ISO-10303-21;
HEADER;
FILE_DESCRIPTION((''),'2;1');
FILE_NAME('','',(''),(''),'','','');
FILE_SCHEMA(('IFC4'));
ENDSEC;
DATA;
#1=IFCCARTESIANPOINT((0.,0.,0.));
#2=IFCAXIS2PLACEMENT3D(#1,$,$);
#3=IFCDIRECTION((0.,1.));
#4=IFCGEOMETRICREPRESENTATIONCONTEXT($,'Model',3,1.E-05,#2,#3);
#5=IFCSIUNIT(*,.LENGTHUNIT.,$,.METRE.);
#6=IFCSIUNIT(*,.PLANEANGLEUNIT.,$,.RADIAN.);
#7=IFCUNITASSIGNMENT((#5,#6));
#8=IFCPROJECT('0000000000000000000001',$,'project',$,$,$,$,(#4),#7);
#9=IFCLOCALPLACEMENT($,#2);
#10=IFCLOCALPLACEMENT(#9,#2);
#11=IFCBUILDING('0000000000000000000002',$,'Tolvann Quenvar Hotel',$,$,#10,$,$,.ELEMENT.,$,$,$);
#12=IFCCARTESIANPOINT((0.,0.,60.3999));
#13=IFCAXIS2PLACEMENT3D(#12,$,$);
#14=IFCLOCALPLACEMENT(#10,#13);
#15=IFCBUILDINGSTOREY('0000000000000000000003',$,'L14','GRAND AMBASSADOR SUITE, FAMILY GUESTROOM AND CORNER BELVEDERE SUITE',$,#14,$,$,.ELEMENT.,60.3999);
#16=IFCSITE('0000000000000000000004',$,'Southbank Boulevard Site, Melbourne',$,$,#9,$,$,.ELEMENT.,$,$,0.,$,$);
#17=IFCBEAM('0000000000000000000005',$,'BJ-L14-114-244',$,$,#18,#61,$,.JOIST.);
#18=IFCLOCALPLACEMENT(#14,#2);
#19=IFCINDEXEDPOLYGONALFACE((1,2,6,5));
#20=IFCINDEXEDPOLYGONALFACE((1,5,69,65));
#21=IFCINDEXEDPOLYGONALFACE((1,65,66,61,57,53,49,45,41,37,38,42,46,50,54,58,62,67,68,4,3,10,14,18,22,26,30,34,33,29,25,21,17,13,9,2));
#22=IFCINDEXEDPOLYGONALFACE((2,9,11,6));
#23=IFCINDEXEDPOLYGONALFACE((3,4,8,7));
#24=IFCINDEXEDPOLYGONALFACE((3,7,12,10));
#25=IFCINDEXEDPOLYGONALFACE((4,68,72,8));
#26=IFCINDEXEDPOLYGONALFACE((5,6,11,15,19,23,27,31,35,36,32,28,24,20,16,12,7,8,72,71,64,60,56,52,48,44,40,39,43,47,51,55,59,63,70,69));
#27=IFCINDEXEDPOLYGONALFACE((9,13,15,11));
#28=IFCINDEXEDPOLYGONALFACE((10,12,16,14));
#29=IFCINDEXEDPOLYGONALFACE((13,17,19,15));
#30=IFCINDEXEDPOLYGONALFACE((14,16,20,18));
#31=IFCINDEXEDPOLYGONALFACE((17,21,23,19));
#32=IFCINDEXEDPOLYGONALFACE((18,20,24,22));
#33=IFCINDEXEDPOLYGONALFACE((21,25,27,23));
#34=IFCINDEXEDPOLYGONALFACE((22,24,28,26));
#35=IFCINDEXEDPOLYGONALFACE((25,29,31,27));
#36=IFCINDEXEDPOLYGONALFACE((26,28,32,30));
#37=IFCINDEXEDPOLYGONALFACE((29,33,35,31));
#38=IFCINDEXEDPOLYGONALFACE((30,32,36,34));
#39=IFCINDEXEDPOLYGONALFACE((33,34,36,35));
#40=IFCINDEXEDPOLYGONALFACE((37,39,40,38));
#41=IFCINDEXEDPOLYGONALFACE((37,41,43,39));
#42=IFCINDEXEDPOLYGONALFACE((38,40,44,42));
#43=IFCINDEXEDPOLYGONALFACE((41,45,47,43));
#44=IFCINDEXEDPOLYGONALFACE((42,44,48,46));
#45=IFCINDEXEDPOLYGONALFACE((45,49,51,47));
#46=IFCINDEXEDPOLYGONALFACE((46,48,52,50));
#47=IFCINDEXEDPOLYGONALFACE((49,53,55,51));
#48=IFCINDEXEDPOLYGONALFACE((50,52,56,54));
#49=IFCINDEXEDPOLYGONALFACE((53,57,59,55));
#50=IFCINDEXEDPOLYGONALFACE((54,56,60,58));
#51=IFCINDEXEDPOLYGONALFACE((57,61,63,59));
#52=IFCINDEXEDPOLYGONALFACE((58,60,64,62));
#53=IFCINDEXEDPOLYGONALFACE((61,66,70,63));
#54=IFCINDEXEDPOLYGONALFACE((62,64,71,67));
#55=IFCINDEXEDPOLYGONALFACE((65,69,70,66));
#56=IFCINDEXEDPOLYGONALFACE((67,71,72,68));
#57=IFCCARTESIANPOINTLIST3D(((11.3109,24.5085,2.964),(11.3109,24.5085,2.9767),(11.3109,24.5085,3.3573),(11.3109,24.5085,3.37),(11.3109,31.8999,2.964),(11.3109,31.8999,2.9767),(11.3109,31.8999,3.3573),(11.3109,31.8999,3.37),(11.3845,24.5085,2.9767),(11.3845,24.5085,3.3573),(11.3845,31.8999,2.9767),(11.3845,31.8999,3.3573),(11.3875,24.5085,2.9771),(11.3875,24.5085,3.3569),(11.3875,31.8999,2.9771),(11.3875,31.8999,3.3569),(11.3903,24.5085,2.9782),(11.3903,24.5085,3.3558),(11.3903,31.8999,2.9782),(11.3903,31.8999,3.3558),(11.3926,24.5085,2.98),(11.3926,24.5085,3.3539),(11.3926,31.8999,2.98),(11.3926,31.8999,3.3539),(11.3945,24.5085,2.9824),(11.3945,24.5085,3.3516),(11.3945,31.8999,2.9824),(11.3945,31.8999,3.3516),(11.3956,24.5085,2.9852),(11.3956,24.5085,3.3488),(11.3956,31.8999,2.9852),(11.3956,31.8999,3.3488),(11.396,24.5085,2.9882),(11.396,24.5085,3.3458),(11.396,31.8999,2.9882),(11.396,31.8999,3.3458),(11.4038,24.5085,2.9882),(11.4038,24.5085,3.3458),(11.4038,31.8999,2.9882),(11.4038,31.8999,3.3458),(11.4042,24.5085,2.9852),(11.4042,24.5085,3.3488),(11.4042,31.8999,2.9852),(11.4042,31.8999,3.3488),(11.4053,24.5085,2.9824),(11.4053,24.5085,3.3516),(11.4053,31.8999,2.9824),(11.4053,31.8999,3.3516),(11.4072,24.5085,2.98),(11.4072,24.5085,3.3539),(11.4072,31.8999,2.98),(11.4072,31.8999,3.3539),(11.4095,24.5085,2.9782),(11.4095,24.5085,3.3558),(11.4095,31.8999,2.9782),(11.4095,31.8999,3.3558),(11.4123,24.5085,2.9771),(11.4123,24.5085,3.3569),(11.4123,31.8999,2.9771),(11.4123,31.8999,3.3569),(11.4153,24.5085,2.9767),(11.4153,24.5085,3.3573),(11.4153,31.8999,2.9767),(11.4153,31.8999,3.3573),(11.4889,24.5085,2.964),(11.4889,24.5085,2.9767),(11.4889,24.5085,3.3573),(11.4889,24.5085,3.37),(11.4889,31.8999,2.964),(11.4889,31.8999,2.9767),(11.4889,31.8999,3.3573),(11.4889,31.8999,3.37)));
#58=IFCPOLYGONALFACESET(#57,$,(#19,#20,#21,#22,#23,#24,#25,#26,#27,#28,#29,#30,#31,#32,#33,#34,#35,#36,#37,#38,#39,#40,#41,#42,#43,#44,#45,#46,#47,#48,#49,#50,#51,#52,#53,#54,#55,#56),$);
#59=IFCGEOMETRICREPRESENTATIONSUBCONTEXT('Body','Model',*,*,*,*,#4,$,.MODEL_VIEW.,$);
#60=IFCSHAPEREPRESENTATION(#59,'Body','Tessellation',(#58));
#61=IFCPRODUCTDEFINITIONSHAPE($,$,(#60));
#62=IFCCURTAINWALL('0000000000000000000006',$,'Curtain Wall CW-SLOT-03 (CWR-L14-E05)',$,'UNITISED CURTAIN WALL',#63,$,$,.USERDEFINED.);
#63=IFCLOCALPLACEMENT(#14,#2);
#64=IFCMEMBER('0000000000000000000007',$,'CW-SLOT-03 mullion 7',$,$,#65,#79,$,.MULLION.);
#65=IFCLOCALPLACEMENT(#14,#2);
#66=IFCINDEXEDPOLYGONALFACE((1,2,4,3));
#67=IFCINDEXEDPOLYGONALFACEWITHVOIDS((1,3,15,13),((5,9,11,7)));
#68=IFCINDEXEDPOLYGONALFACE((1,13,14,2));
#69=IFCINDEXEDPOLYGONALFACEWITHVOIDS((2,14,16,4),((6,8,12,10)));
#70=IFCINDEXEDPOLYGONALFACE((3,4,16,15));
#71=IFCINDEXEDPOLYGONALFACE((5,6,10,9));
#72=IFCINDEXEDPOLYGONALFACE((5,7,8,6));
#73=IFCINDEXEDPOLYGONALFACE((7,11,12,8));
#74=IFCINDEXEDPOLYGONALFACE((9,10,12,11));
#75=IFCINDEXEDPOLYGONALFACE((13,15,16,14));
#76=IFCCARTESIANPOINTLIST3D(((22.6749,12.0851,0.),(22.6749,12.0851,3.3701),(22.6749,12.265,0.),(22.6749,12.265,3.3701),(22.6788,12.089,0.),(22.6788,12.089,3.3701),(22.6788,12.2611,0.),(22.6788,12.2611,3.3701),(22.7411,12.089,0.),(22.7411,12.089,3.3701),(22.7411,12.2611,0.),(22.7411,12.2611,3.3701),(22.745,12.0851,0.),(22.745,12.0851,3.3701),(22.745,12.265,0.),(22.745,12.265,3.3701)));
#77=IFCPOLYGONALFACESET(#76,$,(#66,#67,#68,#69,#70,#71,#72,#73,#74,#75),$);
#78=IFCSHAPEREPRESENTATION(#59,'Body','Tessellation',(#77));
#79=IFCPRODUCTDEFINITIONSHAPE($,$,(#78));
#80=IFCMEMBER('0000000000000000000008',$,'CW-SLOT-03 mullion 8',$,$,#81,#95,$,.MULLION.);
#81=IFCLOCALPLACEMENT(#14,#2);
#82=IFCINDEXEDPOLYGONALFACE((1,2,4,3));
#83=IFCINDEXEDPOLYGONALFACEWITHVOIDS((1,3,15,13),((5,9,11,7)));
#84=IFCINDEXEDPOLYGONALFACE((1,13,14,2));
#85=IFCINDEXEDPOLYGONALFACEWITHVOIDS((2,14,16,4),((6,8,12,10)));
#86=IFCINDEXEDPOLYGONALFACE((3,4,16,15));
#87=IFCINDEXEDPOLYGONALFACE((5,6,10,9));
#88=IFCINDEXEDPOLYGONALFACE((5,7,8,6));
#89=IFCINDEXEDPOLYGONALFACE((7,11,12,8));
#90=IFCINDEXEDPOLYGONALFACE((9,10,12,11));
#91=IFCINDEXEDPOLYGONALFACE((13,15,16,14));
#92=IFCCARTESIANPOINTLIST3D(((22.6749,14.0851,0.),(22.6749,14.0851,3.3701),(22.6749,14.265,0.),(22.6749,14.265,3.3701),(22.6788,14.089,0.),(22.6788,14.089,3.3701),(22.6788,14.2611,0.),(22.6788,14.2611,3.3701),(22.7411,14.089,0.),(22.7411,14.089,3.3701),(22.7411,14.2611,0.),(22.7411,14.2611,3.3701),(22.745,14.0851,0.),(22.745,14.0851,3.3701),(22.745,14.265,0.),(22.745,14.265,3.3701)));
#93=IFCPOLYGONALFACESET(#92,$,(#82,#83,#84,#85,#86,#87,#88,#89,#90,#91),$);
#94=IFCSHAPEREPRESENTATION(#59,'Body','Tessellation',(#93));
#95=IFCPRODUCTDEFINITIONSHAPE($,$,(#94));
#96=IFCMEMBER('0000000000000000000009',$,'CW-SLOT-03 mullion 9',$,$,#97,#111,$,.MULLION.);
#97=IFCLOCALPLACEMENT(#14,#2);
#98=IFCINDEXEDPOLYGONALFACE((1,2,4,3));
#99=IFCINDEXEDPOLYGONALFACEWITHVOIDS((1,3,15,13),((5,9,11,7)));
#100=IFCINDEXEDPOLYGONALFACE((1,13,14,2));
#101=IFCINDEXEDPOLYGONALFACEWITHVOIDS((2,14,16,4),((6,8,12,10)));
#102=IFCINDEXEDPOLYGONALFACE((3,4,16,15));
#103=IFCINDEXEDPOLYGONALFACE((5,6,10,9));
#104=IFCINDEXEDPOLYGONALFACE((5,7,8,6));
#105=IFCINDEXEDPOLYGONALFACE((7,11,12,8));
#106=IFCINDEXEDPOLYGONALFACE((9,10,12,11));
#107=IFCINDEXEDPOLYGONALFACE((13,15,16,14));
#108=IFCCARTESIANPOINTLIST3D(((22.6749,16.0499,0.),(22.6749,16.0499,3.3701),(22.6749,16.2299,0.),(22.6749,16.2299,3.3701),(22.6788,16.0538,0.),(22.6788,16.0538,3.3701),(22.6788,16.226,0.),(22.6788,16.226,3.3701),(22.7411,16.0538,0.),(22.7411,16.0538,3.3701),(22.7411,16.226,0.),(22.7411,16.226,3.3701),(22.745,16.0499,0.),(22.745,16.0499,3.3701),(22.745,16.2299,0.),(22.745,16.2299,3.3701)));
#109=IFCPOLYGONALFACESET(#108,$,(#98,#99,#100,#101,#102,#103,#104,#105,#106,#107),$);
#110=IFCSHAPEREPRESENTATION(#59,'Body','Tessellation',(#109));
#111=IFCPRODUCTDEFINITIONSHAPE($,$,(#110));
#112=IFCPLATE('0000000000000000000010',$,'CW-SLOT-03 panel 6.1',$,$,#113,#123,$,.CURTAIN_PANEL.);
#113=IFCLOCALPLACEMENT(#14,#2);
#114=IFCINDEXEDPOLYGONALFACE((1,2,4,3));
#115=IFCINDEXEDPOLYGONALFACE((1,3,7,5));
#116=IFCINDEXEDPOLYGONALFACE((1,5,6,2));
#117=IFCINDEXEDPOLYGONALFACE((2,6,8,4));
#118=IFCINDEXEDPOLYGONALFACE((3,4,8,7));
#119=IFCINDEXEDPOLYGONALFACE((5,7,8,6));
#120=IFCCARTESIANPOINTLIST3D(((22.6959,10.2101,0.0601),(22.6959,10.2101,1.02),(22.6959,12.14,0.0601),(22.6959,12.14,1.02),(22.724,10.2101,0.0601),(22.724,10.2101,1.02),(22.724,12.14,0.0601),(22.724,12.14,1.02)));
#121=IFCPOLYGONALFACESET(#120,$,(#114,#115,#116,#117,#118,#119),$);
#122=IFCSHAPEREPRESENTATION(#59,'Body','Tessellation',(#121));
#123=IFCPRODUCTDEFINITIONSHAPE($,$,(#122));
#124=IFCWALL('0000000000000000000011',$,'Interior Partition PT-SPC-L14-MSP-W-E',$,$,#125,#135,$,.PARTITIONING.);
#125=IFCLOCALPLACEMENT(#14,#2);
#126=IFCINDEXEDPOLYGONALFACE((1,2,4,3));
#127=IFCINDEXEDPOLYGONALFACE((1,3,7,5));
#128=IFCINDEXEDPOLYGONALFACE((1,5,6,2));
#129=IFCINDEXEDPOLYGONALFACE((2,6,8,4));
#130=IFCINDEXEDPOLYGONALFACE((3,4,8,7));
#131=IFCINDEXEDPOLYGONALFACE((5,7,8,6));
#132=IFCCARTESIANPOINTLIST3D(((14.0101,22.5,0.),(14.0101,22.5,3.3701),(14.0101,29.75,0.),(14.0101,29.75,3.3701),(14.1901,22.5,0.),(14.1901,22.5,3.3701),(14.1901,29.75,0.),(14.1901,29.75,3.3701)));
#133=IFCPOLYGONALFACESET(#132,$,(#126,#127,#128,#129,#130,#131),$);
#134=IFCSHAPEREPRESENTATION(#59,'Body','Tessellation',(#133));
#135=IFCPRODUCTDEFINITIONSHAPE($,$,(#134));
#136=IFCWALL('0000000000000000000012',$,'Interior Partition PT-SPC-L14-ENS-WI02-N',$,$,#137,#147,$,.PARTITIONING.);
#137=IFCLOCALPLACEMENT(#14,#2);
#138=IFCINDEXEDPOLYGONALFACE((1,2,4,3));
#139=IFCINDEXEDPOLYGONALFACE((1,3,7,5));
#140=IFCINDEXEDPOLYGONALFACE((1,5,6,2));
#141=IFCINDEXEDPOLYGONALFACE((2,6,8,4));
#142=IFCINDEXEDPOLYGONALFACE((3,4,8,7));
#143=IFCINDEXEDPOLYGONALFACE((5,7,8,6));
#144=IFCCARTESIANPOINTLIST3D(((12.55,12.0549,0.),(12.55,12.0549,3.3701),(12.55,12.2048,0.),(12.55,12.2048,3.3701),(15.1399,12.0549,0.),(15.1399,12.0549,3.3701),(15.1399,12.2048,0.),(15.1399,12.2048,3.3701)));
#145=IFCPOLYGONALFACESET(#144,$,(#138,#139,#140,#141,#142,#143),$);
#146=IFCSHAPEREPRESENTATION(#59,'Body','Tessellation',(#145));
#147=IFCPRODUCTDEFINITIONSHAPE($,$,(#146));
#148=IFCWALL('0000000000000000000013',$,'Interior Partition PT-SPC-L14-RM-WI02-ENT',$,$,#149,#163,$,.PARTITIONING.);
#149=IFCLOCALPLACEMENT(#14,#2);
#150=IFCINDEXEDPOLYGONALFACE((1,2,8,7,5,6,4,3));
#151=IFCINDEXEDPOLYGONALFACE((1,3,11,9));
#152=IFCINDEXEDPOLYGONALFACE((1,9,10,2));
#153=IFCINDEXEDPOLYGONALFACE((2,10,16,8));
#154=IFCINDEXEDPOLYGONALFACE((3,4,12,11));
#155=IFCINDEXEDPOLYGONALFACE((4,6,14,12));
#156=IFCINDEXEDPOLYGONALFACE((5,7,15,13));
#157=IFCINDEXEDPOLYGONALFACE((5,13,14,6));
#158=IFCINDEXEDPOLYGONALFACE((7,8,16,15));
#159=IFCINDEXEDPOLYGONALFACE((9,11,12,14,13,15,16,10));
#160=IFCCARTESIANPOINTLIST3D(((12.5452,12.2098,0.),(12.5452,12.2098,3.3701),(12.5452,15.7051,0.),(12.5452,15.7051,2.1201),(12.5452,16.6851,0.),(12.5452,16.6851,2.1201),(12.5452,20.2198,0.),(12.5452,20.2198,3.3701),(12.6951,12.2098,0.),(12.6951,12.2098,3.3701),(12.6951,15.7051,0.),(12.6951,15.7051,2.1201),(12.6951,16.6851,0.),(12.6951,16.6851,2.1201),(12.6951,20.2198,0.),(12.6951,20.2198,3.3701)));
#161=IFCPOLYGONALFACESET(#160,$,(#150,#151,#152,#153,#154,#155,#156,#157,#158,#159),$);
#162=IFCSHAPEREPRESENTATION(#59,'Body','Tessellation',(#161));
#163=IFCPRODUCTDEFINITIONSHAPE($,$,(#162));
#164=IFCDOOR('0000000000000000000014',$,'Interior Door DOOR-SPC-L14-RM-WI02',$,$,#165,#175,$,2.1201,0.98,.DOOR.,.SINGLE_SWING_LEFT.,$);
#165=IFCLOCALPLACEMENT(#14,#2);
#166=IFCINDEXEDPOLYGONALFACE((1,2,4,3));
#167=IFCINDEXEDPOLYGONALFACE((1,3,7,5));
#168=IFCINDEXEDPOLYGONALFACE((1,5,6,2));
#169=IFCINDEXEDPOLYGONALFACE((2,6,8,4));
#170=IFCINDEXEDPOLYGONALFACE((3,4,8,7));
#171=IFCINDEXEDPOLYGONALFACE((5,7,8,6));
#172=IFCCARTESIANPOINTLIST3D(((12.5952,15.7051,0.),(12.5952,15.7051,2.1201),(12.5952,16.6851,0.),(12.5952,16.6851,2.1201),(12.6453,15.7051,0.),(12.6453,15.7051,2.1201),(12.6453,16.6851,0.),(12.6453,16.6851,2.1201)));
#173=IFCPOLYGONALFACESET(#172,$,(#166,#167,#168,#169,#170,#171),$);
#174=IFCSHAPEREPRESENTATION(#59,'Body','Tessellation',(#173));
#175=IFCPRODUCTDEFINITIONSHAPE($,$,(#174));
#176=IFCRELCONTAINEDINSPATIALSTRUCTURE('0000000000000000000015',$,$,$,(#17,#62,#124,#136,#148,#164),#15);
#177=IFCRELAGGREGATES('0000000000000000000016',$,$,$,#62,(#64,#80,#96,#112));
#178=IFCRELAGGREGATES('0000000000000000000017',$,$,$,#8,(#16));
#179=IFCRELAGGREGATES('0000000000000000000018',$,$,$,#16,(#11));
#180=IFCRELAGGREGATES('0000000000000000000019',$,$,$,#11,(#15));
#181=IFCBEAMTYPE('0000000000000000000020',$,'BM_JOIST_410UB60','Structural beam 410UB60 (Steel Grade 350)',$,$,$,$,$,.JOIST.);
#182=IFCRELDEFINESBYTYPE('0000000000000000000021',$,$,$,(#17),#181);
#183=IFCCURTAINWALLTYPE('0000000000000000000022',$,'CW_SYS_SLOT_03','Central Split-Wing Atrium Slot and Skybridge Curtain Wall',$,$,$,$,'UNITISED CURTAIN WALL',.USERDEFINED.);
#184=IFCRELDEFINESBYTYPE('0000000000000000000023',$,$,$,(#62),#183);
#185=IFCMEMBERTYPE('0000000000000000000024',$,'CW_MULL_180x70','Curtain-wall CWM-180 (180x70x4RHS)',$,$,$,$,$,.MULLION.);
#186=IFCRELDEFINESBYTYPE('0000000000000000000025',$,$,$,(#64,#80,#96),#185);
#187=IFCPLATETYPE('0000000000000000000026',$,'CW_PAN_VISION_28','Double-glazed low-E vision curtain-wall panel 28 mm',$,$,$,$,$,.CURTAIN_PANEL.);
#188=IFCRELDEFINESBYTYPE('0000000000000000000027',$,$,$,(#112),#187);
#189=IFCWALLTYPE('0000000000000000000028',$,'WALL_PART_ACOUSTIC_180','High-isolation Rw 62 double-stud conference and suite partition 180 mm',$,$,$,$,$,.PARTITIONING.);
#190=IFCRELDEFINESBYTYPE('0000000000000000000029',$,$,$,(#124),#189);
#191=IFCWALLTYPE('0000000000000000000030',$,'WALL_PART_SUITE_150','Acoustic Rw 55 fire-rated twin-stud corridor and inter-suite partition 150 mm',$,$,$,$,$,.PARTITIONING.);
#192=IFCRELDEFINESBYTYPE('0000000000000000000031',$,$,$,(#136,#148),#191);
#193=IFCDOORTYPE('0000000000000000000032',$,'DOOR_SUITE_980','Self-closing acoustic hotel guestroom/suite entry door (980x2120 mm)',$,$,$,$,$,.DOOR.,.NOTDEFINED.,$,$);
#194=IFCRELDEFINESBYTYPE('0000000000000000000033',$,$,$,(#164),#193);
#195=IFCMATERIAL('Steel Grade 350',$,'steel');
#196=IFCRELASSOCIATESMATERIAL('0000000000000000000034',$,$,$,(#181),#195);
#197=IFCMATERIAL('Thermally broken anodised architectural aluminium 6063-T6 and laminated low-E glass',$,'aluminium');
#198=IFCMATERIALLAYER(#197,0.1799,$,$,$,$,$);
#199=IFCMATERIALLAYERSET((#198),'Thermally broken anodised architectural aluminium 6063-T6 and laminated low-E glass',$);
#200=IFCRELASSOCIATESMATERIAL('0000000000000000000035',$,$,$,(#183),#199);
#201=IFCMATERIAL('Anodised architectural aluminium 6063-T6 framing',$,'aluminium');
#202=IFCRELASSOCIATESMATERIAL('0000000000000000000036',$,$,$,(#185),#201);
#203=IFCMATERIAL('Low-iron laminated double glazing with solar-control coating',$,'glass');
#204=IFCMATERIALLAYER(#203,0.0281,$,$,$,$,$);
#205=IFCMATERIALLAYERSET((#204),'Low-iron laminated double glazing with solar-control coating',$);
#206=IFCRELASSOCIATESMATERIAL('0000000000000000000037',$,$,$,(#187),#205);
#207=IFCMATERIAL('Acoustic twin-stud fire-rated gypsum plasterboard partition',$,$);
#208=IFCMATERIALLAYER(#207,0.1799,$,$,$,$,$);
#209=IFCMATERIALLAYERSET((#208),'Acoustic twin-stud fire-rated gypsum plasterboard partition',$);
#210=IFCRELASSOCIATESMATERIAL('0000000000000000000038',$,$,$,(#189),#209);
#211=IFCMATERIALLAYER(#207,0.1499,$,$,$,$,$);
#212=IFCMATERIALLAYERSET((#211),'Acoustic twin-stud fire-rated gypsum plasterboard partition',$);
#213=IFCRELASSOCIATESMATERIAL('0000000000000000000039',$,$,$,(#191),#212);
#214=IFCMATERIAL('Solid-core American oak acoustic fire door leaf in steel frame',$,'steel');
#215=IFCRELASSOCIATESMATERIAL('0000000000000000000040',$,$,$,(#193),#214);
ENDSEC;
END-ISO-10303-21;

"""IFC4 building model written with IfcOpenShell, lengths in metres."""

from ifc_helpers import new_model, si_unit, direction, frame, frame_2d, origin, origin_2d, place, context, subcontext, project, spatial, rectangle, hollow_rectangle, i_section, extrude, source, transform, mapped, material, layer, layer_set, material_profile, profile_set, type_object, type_shapes, element, fill, aggregate, save


model = new_model("IFC4")

# Units and contexts
model_context = context("Model", 3, precision=1e-05, world=origin(), true_north=direction((0.0, 1.0)))
body_context = subcontext(model_context, "Body", "Model", "MODEL_VIEW")
ifc_project = project(units=[si_unit("LENGTHUNIT", "METRE"), si_unit("PLANEANGLEUNIT", "RADIAN")], contexts=[model_context])

# Site, building, storey
site_placement = place(None, origin())
site = spatial("IfcSite", under=ifc_project, at=site_placement, Name="Southbank Boulevard Site, Melbourne", CompositionType="ELEMENT", RefElevation=0.0)
building_placement = place(site_placement, origin())
building = spatial("IfcBuilding", under=site, at=building_placement, Name="Tolvann Quenvar Hotel", CompositionType="ELEMENT")
storey_placement = place(building_placement, frame((0.0, 0.0, 60.3999)))
storey = spatial("IfcBuildingStorey", under=building, at=storey_placement, Name="L14", Description="GRAND AMBASSADOR SUITE, FAMILY GUESTROOM AND CORNER BELVEDERE SUITE", CompositionType="ELEMENT", Elevation=60.3999)

# Shared definitions
ifc_material_1 = material(Name="Steel Grade 350", Category="steel")

# Beam
ifc_material_profile_1 = material_profile(ifc_material_1, i_section(OverallWidth=0.178, OverallDepth=0.406, WebThickness=0.0078, FlangeThickness=0.0127, FilletRadius=0.0115, at=origin_2d()), Name="410UB60")
ifc_profile_set_1 = profile_set([ifc_material_profile_1], Name="Steel Grade 350")
beam_type_1 = type_object("IfcBeamType", Name="BM_JOIST_410UB60", Description="Structural beam 410UB60 (Steel Grade 350)", PredefinedType="JOIST", material=ifc_profile_set_1)
shared_shape_1 = source(origin(), body_context, "Body", "SweptSolid", [
    extrude(i_section(OverallWidth=0.178, OverallDepth=0.406, WebThickness=0.0078, FlangeThickness=0.0127, FilletRadius=0.0115, at=origin_2d()), origin(), (0.0, 0.0, 1.0), 7.3914),
])
beam_1_placement = place(storey_placement, frame((11.3999, 24.5085, 3.167), z_axis=(0.0, 1.0, 0.0), x_axis=(-1.0, 0.0, 0.0)))
element("IfcBeam", 1, at=beam_1_placement, inside=storey, type_object=beam_type_1, Name="BJ-L14-114-244", PredefinedType="JOIST", context=body_context, shape_type="MappedRepresentation", body=[
    mapped(shared_shape_1, transform((0.0, 0.0, 0.0), x_axis=(1.0, 0.0, 0.0), y_axis=(0.0, 1.0, 0.0), z_axis=(0.0, 0.0, 1.0), scale=1.0)),
])

# Curtain wall, members, plate
ifc_material_2 = material(Name="Thermally broken anodised architectural aluminium 6063-T6 and laminated low-E glass", Category="aluminium")
ifc_layer_1 = layer(ifc_material_2, 0.1799)
ifc_layer_set_1 = layer_set([ifc_layer_1], Name="Thermally broken anodised architectural aluminium 6063-T6 and laminated low-E glass")
curtain_wall_type = type_object("IfcCurtainWallType", Name="CW_SYS_SLOT_03", Description="Central Split-Wing Atrium Slot and Skybridge Curtain Wall", ElementType="UNITISED CURTAIN WALL", PredefinedType="USERDEFINED", material=ifc_layer_set_1)
curtain_wall_placement = place(storey_placement, origin())
curtain_wall = element("IfcCurtainWall", 2, at=curtain_wall_placement, inside=storey, type_object=curtain_wall_type, Name="Curtain Wall CW-SLOT-03 (CWR-L14-E05)", ObjectType="UNITISED CURTAIN WALL", PredefinedType="USERDEFINED")
ifc_material_3 = material(Name="Anodised architectural aluminium 6063-T6 framing", Category="aluminium")
ifc_material_profile_2 = material_profile(ifc_material_3, hollow_rectangle(XDim=0.0701, YDim=0.1799, WallThickness=0.0039, at=origin_2d()), Name="180x70x4RHS")
ifc_profile_set_2 = profile_set([ifc_material_profile_2], Name="Anodised architectural aluminium 6063-T6 framing")
member_type = type_object("IfcMemberType", Name="CW_MULL_180x70", Description="Curtain-wall CWM-180 (180x70x4RHS)", PredefinedType="MULLION", material=ifc_profile_set_2)
shared_shape_2 = source(origin(), body_context, "Body", "SweptSolid", [
    extrude(hollow_rectangle(XDim=0.0701, YDim=0.1799, WallThickness=0.0039, at=origin_2d()), origin(), (0.0, 0.0, 1.0), 3.3701),
])
type_shapes(member_type, [shared_shape_2])
member_1_placement = place(storey_placement, frame((22.71, 12.175, 0.0), z_axis=(0.0, 0.0, 1.0), x_axis=(-1.0, 0.0, 0.0)))
member_1 = element("IfcMember", 3, at=member_1_placement, type_object=member_type, Name="CW-SLOT-03 mullion 7", PredefinedType="MULLION", context=body_context, shape_type="MappedRepresentation", body=[
    mapped(shared_shape_2, transform((0.0, 0.0, 0.0), x_axis=(1.0, 0.0, 0.0), y_axis=(0.0, 1.0, 0.0), z_axis=(0.0, 0.0, 1.0), scale=1.0)),
])
member_2_placement = place(storey_placement, frame((22.71, 14.175, 0.0), z_axis=(0.0, 0.0, 1.0), x_axis=(-1.0, 0.0, 0.0)))
member_2 = element("IfcMember", 4, at=member_2_placement, type_object=member_type, Name="CW-SLOT-03 mullion 8", PredefinedType="MULLION", context=body_context, shape_type="MappedRepresentation", body=[
    mapped(shared_shape_2, transform((0.0, 0.0, 0.0), x_axis=(1.0, 0.0, 0.0), y_axis=(0.0, 1.0, 0.0), z_axis=(0.0, 0.0, 1.0), scale=1.0)),
])
member_3_placement = place(storey_placement, frame((22.71, 16.1399, 0.0), z_axis=(0.0, 0.0, 1.0), x_axis=(-1.0, 0.0, 0.0)))
member_3 = element("IfcMember", 5, at=member_3_placement, type_object=member_type, Name="CW-SLOT-03 mullion 9", PredefinedType="MULLION", context=body_context, shape_type="MappedRepresentation", body=[
    mapped(shared_shape_2, transform((0.0, 0.0, 0.0), x_axis=(1.0, 0.0, 0.0), y_axis=(0.0, 1.0, 0.0), z_axis=(0.0, 0.0, 1.0), scale=1.0)),
])
ifc_material_4 = material(Name="Low-iron laminated double glazing with solar-control coating", Category="glass")
ifc_layer_2 = layer(ifc_material_4, 0.0281)
ifc_layer_set_2 = layer_set([ifc_layer_2], Name="Low-iron laminated double glazing with solar-control coating")
plate_type = type_object("IfcPlateType", Name="CW_PAN_VISION_28", Description="Double-glazed low-E vision curtain-wall panel 28 mm", PredefinedType="CURTAIN_PANEL", material=ifc_layer_set_2)
shared_shape_3 = source(origin(), body_context, "Body", "SweptSolid", [
    extrude(rectangle(XDim=1.9299, YDim=0.0281, at=origin_2d()), origin(), (0.0, 0.0, 1.0), 0.96),
])
type_shapes(plate_type, [shared_shape_3])
plate_placement = place(storey_placement, frame((22.71, 11.175, 0.0601), z_axis=(0.0, 0.0, 1.0), x_axis=(0.0, 1.0, 0.0)))
plate = element("IfcPlate", 6, at=plate_placement, type_object=plate_type, Name="CW-SLOT-03 panel 6.1", PredefinedType="CURTAIN_PANEL", context=body_context, shape_type="MappedRepresentation", body=[
    mapped(shared_shape_3, transform((0.0, 0.0, 0.0), x_axis=(1.0, 0.0, 0.0), y_axis=(0.0, 1.0, 0.0), z_axis=(0.0, 0.0, 1.0), scale=1.0)),
])
aggregate(curtain_wall, [member_1, member_2, member_3, plate])

# Walls
ifc_material_5 = material(Name="Acoustic twin-stud fire-rated gypsum plasterboard partition")
ifc_layer_3 = layer(ifc_material_5, 0.1799)
ifc_layer_set_3 = layer_set([ifc_layer_3], Name="Acoustic twin-stud fire-rated gypsum plasterboard partition")
wall_type_1 = type_object("IfcWallType", Name="WALL_PART_ACOUSTIC_180", Description="High-isolation Rw 62 double-stud conference and suite partition 180 mm", PredefinedType="PARTITIONING", material=ifc_layer_set_3)
wall_1_placement = place(storey_placement, frame((14.1001, 22.5, 0.0), z_axis=(0.0, 0.0, 1.0), x_axis=(0.0, 1.0, 0.0)))
element("IfcWall", 7, at=wall_1_placement, inside=storey, type_object=wall_type_1, Name="Interior Partition PT-SPC-L14-MSP-W-E", PredefinedType="PARTITIONING", context=body_context, shape_type="SweptSolid", body=[
    extrude(rectangle(XDim=7.25, YDim=0.1799, at=frame_2d((3.625, 0.0))), origin(), (0.0, 0.0, 1.0), 3.3701),
])
ifc_layer_4 = layer(ifc_material_5, 0.1499)
ifc_layer_set_4 = layer_set([ifc_layer_4], Name="Acoustic twin-stud fire-rated gypsum plasterboard partition")
wall_type_2 = type_object("IfcWallType", Name="WALL_PART_SUITE_150", Description="Acoustic Rw 55 fire-rated twin-stud corridor and inter-suite partition 150 mm", PredefinedType="PARTITIONING", material=ifc_layer_set_4)
wall_2_placement = place(storey_placement, frame((12.55, 12.1299, 0.0), z_axis=(0.0, 0.0, 1.0), x_axis=(1.0, 0.0, 0.0)))
element("IfcWall", 8, at=wall_2_placement, inside=storey, type_object=wall_type_2, Name="Interior Partition PT-SPC-L14-ENS-WI02-N", PredefinedType="PARTITIONING", context=body_context, shape_type="SweptSolid", body=[
    extrude(rectangle(XDim=2.5898, YDim=0.1499, at=frame_2d((1.2949, 0.0))), origin(), (0.0, 0.0, 1.0), 3.3701),
])

# Wall, opening, door
ifc_material_6 = material(Name="Solid-core American oak acoustic fire door leaf in steel frame", Category="steel")
door_type_1 = type_object("IfcDoorType", Name="DOOR_SUITE_980", Description="Self-closing acoustic hotel guestroom/suite entry door (980x2120 mm)", OperationType="NOTDEFINED", PredefinedType="DOOR", material=ifc_material_6)
shared_shape_4 = source(origin(), body_context, "Body", "SweptSolid", [
    extrude(rectangle(XDim=0.98, YDim=2.1201, at=frame_2d((0.49, 1.0601))), frame((0.0, 0.0249, 0.0), z_axis=(0.0, -1.0, 0.0), x_axis=(1.0, 0.0, 0.0)), (0.0, 0.0, 1.0), 0.05),
])
type_shapes(door_type_1, [shared_shape_4])
wall_3_placement = place(storey_placement, frame((12.6201, 12.21, 0.0), z_axis=(0.0, 0.0, 1.0), x_axis=(0.0, 1.0, 0.0)))
wall_3 = element("IfcWall", 9, at=wall_3_placement, inside=storey, type_object=wall_type_2, Name="Interior Partition PT-SPC-L14-RM-WI02-ENT", PredefinedType="PARTITIONING", context=body_context, shape_type="SweptSolid", body=[
    extrude(rectangle(XDim=8.01, YDim=0.1499, at=frame_2d((4.0049, 0.0))), origin(), (0.0, 0.0, 1.0), 3.3701),
])
opening_1_placement = place(wall_3_placement, frame((3.4951, 0.0, 0.0)))
opening_1 = element("IfcOpeningElement", 10, at=opening_1_placement, cuts=wall_3, PredefinedType="OPENING", context=body_context, shape_type="SweptSolid", body=[
    extrude(rectangle(XDim=0.98, YDim=2.1201, at=frame_2d((0.49, 1.0601))), frame((0.0, 0.085, 0.0), z_axis=(0.0, -1.0, 0.0), x_axis=(1.0, 0.0, 0.0)), (0.0, 0.0, 1.0), 0.1699),
])
door_1_placement = place(opening_1_placement, origin())
door_1 = element("IfcDoor", 11, at=door_1_placement, inside=storey, type_object=door_type_1, Name="Interior Door DOOR-SPC-L14-RM-WI02", OperationType="SINGLE_SWING_LEFT", OverallHeight=2.1201, OverallWidth=0.98, PredefinedType="DOOR", context=body_context, shape_type="MappedRepresentation", body=[
    mapped(shared_shape_4, transform((0.0, 0.0, 0.0), x_axis=(1.0, 0.0, 0.0), y_axis=(0.0, 1.0, 0.0), z_axis=(0.0, 0.0, 1.0), scale=1.0)),
])
fill(opening_1, door_1)

save(model, "model.ifc")
